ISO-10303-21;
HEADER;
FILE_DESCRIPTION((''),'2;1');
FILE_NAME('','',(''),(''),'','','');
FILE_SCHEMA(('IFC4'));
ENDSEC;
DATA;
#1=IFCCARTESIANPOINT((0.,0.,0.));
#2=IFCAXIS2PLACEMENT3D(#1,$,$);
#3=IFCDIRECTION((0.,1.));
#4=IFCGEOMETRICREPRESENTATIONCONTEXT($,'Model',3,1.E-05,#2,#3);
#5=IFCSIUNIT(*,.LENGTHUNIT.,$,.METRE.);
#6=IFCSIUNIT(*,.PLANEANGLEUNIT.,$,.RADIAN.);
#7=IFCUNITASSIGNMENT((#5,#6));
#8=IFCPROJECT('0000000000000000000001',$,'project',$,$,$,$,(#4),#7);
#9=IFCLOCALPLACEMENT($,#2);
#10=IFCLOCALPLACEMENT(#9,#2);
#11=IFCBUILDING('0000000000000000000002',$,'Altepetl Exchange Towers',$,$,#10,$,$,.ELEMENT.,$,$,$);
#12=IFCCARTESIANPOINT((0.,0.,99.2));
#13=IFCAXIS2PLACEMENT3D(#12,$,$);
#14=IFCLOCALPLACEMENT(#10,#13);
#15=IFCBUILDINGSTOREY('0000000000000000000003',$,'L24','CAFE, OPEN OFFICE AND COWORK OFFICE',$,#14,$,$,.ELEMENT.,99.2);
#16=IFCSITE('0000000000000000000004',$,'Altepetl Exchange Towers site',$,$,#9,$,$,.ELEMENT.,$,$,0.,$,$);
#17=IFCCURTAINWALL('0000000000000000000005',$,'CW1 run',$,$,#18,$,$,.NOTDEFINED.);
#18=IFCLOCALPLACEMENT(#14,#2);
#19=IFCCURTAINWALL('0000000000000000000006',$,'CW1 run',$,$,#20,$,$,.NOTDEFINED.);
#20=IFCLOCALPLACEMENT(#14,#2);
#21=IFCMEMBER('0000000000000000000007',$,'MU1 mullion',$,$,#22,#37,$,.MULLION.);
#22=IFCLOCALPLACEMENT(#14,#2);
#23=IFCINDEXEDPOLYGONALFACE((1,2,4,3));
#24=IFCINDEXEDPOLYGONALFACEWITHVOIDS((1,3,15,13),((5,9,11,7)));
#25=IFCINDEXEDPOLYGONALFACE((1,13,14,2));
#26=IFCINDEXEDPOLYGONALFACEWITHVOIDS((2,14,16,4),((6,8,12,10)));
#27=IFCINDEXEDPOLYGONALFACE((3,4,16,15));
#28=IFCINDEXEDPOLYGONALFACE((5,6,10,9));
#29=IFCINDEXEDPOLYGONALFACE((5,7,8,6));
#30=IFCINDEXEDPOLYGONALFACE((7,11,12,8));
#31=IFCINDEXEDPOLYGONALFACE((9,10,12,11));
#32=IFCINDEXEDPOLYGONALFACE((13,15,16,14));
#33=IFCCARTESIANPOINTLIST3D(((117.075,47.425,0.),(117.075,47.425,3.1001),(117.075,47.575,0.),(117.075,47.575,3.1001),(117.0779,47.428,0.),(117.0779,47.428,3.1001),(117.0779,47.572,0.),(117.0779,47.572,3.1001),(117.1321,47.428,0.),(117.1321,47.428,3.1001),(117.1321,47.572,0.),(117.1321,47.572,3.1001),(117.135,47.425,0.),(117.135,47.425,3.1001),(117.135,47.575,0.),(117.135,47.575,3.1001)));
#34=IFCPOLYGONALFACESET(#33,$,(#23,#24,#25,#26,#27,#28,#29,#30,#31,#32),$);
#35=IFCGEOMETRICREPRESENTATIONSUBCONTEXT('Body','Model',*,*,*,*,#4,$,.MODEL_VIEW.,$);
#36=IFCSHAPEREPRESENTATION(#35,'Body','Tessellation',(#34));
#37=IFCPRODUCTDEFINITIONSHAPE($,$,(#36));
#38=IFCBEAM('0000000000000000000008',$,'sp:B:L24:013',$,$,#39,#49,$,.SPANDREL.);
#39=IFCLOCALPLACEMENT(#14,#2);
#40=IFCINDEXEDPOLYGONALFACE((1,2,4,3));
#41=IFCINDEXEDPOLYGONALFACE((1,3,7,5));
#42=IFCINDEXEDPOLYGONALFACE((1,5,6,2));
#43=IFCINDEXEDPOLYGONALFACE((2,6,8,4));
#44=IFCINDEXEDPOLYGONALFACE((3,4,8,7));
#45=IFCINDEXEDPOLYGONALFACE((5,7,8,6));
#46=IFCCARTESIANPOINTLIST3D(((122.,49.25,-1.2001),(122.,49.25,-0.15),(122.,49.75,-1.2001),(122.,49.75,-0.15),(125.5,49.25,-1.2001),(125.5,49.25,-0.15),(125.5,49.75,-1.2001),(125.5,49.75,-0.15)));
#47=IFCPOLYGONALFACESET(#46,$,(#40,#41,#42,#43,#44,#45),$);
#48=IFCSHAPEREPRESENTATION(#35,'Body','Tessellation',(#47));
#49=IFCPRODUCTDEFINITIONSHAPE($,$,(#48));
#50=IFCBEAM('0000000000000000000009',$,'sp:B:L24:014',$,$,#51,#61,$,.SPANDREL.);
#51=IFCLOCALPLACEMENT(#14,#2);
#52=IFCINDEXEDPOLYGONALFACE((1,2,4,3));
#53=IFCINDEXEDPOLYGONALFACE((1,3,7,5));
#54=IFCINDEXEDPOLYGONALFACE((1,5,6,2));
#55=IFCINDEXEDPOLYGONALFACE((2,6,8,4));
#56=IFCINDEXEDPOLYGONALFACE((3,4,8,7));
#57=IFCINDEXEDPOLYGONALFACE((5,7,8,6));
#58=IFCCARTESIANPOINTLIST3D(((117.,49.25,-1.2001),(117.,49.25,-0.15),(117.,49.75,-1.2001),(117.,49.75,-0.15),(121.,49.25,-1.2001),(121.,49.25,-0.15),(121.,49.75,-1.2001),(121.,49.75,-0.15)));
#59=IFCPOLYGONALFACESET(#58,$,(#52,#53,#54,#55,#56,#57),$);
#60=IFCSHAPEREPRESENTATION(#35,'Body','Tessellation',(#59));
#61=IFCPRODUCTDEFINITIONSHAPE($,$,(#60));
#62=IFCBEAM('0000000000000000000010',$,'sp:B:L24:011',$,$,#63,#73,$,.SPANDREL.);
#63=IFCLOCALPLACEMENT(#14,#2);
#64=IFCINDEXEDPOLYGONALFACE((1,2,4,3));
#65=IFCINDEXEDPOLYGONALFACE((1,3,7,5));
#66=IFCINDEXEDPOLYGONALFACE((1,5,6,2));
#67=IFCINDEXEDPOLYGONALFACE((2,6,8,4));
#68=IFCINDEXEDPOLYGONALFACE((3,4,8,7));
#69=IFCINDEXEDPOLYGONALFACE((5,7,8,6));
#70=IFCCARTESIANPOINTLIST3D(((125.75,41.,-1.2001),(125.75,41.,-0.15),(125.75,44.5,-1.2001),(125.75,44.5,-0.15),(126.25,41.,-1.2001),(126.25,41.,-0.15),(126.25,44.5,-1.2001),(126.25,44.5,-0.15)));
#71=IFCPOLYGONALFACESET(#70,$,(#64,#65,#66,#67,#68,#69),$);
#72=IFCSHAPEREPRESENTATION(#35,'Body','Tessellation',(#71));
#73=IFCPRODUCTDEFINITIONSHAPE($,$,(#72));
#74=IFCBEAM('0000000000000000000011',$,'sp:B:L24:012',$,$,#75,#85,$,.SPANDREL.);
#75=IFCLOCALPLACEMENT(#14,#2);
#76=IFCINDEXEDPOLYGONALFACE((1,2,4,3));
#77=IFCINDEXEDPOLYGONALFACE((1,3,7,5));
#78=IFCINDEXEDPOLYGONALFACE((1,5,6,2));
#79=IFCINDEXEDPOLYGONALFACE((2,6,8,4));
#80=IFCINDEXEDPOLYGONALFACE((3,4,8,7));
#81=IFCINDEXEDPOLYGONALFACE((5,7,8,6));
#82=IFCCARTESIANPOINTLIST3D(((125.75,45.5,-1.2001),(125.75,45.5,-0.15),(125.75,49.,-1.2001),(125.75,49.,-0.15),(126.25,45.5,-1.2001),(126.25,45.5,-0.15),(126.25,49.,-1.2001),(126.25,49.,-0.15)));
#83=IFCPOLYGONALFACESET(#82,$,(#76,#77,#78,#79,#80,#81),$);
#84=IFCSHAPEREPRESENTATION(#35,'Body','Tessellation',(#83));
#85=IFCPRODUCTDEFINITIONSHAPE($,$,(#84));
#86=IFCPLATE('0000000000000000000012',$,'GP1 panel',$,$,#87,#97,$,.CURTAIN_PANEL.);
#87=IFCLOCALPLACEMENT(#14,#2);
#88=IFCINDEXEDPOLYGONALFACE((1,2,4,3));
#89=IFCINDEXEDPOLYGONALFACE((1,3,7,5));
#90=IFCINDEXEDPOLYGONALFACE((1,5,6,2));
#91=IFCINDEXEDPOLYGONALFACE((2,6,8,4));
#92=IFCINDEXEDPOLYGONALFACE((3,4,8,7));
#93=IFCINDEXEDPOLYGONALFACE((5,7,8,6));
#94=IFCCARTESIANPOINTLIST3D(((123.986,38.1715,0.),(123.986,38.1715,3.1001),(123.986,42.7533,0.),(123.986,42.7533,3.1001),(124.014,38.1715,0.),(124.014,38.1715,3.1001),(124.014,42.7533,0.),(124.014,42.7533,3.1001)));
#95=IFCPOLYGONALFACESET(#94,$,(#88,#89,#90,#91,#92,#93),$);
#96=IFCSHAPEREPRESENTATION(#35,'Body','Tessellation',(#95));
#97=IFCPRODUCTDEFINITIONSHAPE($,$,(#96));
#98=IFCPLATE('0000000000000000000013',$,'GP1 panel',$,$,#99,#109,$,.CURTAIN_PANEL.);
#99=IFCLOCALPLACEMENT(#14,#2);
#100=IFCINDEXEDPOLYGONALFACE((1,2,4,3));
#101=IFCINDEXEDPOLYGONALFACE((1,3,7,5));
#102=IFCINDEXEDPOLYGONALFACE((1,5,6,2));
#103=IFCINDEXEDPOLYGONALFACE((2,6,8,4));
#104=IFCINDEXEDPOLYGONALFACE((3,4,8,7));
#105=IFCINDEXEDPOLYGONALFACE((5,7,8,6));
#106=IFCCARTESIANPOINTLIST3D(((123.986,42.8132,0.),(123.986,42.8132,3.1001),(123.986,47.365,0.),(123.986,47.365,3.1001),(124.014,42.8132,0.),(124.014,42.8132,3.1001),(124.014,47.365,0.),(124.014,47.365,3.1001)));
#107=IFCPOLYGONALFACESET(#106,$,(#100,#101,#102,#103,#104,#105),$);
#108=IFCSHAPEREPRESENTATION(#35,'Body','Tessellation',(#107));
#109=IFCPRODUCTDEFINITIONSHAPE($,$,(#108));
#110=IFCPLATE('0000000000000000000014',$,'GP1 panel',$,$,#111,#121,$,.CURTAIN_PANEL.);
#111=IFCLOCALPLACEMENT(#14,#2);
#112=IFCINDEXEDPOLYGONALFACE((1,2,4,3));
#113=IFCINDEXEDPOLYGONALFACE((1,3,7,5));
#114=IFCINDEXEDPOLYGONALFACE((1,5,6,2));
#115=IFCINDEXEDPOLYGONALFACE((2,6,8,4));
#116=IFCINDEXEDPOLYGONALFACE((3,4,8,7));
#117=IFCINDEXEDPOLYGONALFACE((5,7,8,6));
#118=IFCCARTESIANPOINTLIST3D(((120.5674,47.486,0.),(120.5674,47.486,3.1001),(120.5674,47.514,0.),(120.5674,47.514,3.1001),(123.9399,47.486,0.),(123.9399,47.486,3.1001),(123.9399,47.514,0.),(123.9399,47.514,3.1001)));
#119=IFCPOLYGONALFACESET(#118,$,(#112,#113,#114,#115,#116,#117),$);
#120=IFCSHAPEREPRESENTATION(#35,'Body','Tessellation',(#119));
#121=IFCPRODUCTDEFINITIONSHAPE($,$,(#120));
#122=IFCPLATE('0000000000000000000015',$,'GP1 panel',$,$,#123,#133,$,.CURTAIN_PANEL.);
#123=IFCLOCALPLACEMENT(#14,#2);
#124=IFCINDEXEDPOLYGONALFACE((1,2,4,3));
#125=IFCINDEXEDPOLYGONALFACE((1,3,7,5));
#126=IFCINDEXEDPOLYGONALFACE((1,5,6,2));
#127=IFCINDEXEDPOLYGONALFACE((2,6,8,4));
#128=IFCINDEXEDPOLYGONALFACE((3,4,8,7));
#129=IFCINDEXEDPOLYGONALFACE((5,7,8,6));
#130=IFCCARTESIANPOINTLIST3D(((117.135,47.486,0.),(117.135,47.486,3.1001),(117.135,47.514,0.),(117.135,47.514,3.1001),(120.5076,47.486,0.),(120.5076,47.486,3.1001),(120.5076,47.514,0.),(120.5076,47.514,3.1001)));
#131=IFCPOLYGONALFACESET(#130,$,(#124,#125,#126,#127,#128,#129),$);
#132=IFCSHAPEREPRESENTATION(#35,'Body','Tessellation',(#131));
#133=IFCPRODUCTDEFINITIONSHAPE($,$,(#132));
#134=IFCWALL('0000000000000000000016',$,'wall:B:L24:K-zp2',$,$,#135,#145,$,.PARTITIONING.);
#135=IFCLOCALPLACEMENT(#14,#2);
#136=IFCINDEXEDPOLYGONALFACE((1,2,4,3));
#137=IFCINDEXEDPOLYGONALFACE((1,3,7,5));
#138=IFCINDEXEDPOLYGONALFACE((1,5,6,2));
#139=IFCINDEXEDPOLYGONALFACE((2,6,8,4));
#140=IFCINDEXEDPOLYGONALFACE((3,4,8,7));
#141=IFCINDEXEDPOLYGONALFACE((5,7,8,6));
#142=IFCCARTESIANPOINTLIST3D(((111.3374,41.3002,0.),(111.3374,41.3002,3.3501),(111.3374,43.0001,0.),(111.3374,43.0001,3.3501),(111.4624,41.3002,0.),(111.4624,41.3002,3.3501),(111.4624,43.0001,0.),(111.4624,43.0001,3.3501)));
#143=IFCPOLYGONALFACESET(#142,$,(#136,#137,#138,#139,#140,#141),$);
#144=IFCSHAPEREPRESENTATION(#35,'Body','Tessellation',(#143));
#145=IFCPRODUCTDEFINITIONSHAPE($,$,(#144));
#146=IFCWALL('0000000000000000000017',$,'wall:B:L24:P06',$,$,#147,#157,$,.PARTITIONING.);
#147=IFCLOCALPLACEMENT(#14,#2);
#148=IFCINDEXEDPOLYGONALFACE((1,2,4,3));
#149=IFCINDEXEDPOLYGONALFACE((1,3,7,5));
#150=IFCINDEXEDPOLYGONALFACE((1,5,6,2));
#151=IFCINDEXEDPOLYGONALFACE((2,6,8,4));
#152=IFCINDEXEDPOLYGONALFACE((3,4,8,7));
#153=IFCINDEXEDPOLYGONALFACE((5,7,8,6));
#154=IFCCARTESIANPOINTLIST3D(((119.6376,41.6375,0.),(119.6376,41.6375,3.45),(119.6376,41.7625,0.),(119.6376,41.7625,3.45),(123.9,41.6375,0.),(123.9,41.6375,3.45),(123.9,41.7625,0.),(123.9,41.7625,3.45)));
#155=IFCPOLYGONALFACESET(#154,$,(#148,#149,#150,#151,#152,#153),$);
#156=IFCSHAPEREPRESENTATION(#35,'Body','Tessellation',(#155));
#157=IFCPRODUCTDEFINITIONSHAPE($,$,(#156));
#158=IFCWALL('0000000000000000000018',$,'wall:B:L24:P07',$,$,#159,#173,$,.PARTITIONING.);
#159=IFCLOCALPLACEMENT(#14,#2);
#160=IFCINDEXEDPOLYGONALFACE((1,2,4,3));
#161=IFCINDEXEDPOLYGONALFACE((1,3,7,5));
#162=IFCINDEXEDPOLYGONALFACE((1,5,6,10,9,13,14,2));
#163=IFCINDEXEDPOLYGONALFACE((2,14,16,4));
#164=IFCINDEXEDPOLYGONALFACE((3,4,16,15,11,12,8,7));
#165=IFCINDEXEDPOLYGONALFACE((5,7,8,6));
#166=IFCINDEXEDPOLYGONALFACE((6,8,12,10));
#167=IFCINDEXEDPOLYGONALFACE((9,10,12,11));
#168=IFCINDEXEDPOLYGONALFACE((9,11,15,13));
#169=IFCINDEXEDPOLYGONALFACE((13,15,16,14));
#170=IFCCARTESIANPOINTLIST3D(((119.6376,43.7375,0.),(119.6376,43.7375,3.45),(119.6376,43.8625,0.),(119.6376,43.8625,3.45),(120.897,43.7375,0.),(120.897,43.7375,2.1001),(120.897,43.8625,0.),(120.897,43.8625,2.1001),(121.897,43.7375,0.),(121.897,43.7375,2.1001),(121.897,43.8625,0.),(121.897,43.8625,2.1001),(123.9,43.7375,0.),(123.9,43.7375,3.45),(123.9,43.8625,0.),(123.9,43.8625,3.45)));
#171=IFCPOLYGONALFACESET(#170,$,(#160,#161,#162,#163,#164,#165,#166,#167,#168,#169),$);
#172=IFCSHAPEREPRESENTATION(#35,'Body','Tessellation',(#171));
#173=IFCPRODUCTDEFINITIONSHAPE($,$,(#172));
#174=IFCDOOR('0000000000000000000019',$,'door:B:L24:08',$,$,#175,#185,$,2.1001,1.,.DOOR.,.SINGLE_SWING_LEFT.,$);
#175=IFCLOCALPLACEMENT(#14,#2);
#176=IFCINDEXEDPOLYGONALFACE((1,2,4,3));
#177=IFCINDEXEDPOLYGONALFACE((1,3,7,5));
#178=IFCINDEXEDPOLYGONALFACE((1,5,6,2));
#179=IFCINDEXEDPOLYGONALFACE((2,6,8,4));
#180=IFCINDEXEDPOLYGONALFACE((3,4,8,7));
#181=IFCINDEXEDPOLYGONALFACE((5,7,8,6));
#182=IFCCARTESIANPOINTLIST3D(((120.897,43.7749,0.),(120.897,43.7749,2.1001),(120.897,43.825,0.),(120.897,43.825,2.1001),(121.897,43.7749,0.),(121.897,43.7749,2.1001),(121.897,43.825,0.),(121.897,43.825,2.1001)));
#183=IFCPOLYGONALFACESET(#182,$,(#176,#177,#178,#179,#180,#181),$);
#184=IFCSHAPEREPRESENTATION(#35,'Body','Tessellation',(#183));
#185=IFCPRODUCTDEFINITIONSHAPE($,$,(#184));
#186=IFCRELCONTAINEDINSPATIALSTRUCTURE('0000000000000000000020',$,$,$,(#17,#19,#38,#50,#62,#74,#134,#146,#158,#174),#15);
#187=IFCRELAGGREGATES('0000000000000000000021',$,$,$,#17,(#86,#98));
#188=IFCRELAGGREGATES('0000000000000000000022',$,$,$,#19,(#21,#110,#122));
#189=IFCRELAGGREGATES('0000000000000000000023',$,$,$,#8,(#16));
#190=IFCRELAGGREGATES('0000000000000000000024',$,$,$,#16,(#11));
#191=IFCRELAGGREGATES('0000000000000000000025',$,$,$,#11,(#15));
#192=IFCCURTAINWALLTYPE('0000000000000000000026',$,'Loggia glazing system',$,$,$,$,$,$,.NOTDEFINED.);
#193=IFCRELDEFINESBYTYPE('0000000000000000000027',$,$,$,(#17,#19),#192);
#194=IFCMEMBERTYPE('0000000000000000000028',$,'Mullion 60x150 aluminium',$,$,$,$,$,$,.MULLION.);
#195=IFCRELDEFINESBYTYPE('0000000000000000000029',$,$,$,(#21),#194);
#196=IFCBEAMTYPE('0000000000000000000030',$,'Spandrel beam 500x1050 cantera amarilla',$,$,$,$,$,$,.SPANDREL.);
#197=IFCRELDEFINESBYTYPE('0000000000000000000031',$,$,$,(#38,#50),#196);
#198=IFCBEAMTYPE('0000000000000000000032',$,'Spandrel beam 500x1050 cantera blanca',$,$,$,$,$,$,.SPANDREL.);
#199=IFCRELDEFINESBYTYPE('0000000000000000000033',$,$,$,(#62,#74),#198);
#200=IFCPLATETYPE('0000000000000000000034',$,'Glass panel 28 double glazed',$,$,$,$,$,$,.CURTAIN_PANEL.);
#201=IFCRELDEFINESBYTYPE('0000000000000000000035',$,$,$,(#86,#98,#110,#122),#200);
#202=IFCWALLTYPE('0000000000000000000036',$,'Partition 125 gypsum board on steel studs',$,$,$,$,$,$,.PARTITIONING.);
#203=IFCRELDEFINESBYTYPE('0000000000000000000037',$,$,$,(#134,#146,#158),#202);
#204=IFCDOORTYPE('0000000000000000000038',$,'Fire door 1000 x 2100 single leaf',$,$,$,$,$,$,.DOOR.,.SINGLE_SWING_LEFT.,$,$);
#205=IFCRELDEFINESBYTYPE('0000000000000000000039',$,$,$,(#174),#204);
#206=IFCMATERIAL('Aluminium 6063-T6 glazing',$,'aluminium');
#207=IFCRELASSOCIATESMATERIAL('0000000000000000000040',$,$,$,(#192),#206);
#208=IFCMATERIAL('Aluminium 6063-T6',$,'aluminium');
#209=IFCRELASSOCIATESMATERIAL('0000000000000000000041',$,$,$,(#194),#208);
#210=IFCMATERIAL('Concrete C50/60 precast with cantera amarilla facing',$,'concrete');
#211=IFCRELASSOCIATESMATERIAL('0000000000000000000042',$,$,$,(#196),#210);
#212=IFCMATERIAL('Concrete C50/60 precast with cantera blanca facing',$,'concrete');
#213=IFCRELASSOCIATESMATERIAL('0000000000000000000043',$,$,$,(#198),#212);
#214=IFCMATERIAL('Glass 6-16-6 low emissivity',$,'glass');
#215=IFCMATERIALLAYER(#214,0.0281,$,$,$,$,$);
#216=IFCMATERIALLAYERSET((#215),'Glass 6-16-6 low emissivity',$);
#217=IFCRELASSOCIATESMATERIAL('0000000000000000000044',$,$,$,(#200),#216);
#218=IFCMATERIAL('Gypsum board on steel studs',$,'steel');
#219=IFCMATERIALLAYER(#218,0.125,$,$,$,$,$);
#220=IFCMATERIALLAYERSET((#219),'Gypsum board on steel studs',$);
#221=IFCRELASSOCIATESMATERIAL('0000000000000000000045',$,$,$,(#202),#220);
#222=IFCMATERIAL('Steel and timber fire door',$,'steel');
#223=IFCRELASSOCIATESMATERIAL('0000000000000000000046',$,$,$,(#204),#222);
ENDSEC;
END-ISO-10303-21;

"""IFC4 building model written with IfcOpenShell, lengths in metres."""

from ifc_helpers import new_model, si_unit, direction, frame, frame_2d, origin, origin_2d, place, context, subcontext, project, spatial, rectangle, hollow_rectangle, extrude, material, layer, layer_set, material_profile, profile_set, type_object, element, fill, aggregate, save


model = new_model("IFC4")

# Units and contexts
model_context = context("Model", 3, precision=1e-05, world=origin(), true_north=direction((0.0, 1.0)))
body_context = subcontext(model_context, "Body", "Model", "MODEL_VIEW")
ifc_project = project(units=[si_unit("LENGTHUNIT", "METRE"), si_unit("PLANEANGLEUNIT", "RADIAN")], contexts=[model_context])

# Site, building, storey
site_placement = place(None, origin())
site = spatial("IfcSite", under=ifc_project, at=site_placement, Name="Altepetl Exchange Towers site", CompositionType="ELEMENT", RefElevation=0.0)
building_placement = place(site_placement, origin())
building = spatial("IfcBuilding", under=site, at=building_placement, Name="Altepetl Exchange Towers", CompositionType="ELEMENT")
storey_placement = place(building_placement, frame((0.0, 0.0, 99.2)))
storey = spatial("IfcBuildingStorey", under=building, at=storey_placement, Name="L24", Description="CAFE, OPEN OFFICE AND COWORK OFFICE", CompositionType="ELEMENT", Elevation=99.2)

# Curtain walls, member
ifc_material_1 = material(Name="Aluminium 6063-T6 glazing", Category="aluminium")
curtain_wall_type = type_object("IfcCurtainWallType", Name="Loggia glazing system", PredefinedType="NOTDEFINED", material=ifc_material_1)
curtain_wall_1_placement = place(storey_placement, origin())
curtain_wall_1 = element("IfcCurtainWall", 1, at=curtain_wall_1_placement, inside=storey, type_object=curtain_wall_type, Name="CW1 run", PredefinedType="NOTDEFINED")
ifc_material_2 = material(Name="Aluminium 6063-T6", Category="aluminium")
ifc_material_profile_1 = material_profile(ifc_material_2, hollow_rectangle(XDim=0.0601, YDim=0.1499, WallThickness=0.0029, at=origin_2d()), Name="Mullion 60x150 aluminium")
ifc_profile_set_1 = profile_set([ifc_material_profile_1], Name="Aluminium 6063-T6")
member_type = type_object("IfcMemberType", Name="Mullion 60x150 aluminium", PredefinedType="MULLION", material=ifc_profile_set_1)
curtain_wall_2_placement = place(storey_placement, origin())
curtain_wall_2 = element("IfcCurtainWall", 2, at=curtain_wall_2_placement, inside=storey, type_object=curtain_wall_type, Name="CW1 run", PredefinedType="NOTDEFINED")
member_1_placement = place(storey_placement, frame((117.105, 47.5, 0.0), z_axis=(0.0, 0.0, 1.0), x_axis=(-1.0, 0.0, 0.0)))
member_1 = element("IfcMember", 3, at=member_1_placement, type_object=member_type, Name="MU1 mullion", PredefinedType="MULLION", context=body_context, shape_type="SweptSolid", body=[
    extrude(hollow_rectangle(XDim=0.0601, YDim=0.1499, WallThickness=0.0029, at=origin_2d()), origin(), (0.0, 0.0, 1.0), 3.1001),
])

# Beams
ifc_material_3 = material(Name="Concrete C50/60 precast with cantera amarilla facing", Category="concrete")
ifc_material_profile_2 = material_profile(ifc_material_3, rectangle(XDim=0.5, YDim=1.05, at=origin_2d()), Name="500 x 1050")
ifc_profile_set_2 = profile_set([ifc_material_profile_2], Name="Concrete C50/60 precast with cantera amarilla facing")
beam_type_1 = type_object("IfcBeamType", Name="Spandrel beam 500x1050 cantera amarilla", PredefinedType="SPANDREL", material=ifc_profile_set_2)
beam_1_placement = place(storey_placement, frame((125.5, 49.5, -0.675), z_axis=(-1.0, 0.0, 0.0), x_axis=(0.0, -1.0, 0.0)))
element("IfcBeam", 4, at=beam_1_placement, inside=storey, type_object=beam_type_1, Name="sp:B:L24:013", PredefinedType="SPANDREL", context=body_context, shape_type="SweptSolid", body=[
    extrude(rectangle(XDim=0.5, YDim=1.05, at=origin_2d()), origin(), (0.0, 0.0, 1.0), 3.5),
])
beam_2_placement = place(storey_placement, frame((121.0, 49.5, -0.675), z_axis=(-1.0, 0.0, 0.0), x_axis=(0.0, -1.0, 0.0)))
element("IfcBeam", 5, at=beam_2_placement, inside=storey, type_object=beam_type_1, Name="sp:B:L24:014", PredefinedType="SPANDREL", context=body_context, shape_type="SweptSolid", body=[
    extrude(rectangle(XDim=0.5, YDim=1.05, at=origin_2d()), origin(), (0.0, 0.0, 1.0), 4.0),
])
ifc_material_4 = material(Name="Concrete C50/60 precast with cantera blanca facing", Category="concrete")
ifc_material_profile_3 = material_profile(ifc_material_4, rectangle(XDim=0.5, YDim=1.05, at=origin_2d()), Name="500 x 1050")
ifc_profile_set_3 = profile_set([ifc_material_profile_3], Name="Concrete C50/60 precast with cantera blanca facing")
beam_type_2 = type_object("IfcBeamType", Name="Spandrel beam 500x1050 cantera blanca", PredefinedType="SPANDREL", material=ifc_profile_set_3)
for number, where, z_axis, x_axis, name in (
    (6, (126.0, 41.0, -0.675), (0.0, 1.0, 0.0), (-1.0, 0.0, 0.0), "sp:B:L24:011"),
    (7, (126.0, 45.5, -0.675), (0.0, 1.0, 0.0), (-1.0, 0.0, 0.0), "sp:B:L24:012"),
):
    element("IfcBeam", number, at=place(storey_placement, frame(where, z_axis=z_axis, x_axis=x_axis)), inside=storey, type_object=beam_type_2, Name=name, PredefinedType="SPANDREL", context=body_context, shape_type="SweptSolid", body=[
        extrude(rectangle(XDim=0.5, YDim=1.05, at=origin_2d()), origin(), (0.0, 0.0, 1.0), 3.5),
    ])

# Plates
ifc_material_5 = material(Name="Glass 6-16-6 low emissivity", Category="glass")
ifc_layer_1 = layer(ifc_material_5, 0.0281)
ifc_layer_set_1 = layer_set([ifc_layer_1], Name="Glass 6-16-6 low emissivity")
plate_type = type_object("IfcPlateType", Name="Glass panel 28 double glazed", PredefinedType="CURTAIN_PANEL", material=ifc_layer_set_1)
plate_1_placement = place(storey_placement, frame((124.0, 40.4624, 0.0), z_axis=(0.0, 0.0, 1.0), x_axis=(0.0, 1.0, 0.0)))
plate_1 = element("IfcPlate", 8, at=plate_1_placement, type_object=plate_type, Name="GP1 panel", PredefinedType="CURTAIN_PANEL", context=body_context, shape_type="SweptSolid", body=[
    extrude(rectangle(XDim=4.5818, YDim=0.0281, at=origin_2d()), origin(), (0.0, 0.0, 1.0), 3.1001),
])
plate_2_placement = place(storey_placement, frame((124.0, 45.0891, 0.0), z_axis=(0.0, 0.0, 1.0), x_axis=(0.0, 1.0, 0.0)))
plate_2 = element("IfcPlate", 9, at=plate_2_placement, type_object=plate_type, Name="GP1 panel", PredefinedType="CURTAIN_PANEL", context=body_context, shape_type="SweptSolid", body=[
    extrude(rectangle(XDim=4.5518, YDim=0.0281, at=origin_2d()), origin(), (0.0, 0.0, 1.0), 3.1001),
])
aggregate(curtain_wall_1, [plate_1, plate_2])
plate_3_placement = place(storey_placement, frame((122.2537, 47.5, 0.0), z_axis=(0.0, 0.0, 1.0), x_axis=(-1.0, 0.0, 0.0)))
plate_3 = element("IfcPlate", 10, at=plate_3_placement, type_object=plate_type, Name="GP1 panel", PredefinedType="CURTAIN_PANEL", context=body_context, shape_type="SweptSolid", body=[
    extrude(rectangle(XDim=3.3726, YDim=0.0281, at=origin_2d()), origin(), (0.0, 0.0, 1.0), 3.1001),
])
plate_4_placement = place(storey_placement, frame((118.8213, 47.5, 0.0), z_axis=(0.0, 0.0, 1.0), x_axis=(-1.0, 0.0, 0.0)))
plate_4 = element("IfcPlate", 11, at=plate_4_placement, type_object=plate_type, Name="GP1 panel", PredefinedType="CURTAIN_PANEL", context=body_context, shape_type="SweptSolid", body=[
    extrude(rectangle(XDim=3.3726, YDim=0.0281, at=origin_2d()), origin(), (0.0, 0.0, 1.0), 3.1001),
])
aggregate(curtain_wall_2, [member_1, plate_3, plate_4])

# Walls
ifc_material_6 = material(Name="Gypsum board on steel studs", Category="steel")
ifc_layer_2 = layer(ifc_material_6, 0.125)
ifc_layer_set_2 = layer_set([ifc_layer_2], Name="Gypsum board on steel studs")
wall_type_1 = type_object("IfcWallType", Name="Partition 125 gypsum board on steel studs", PredefinedType="PARTITIONING", material=ifc_layer_set_2)
wall_1_placement = place(storey_placement, frame((111.3999, 41.3, 0.0), z_axis=(0.0, 0.0, 1.0), x_axis=(0.0, 1.0, 0.0)))
element("IfcWall", 12, at=wall_1_placement, inside=storey, type_object=wall_type_1, Name="wall:B:L24:K-zp2", PredefinedType="PARTITIONING", context=body_context, shape_type="SweptSolid", body=[
    extrude(rectangle(XDim=1.7, YDim=0.125, at=frame_2d((0.8501, 0.0))), origin(), (0.0, 0.0, 1.0), 3.3501),
])
wall_2_placement = place(storey_placement, frame((119.6375, 41.7, 0.0)))
element("IfcWall", 13, at=wall_2_placement, inside=storey, type_object=wall_type_1, Name="wall:B:L24:P06", PredefinedType="PARTITIONING", context=body_context, shape_type="SweptSolid", body=[
    extrude(rectangle(XDim=4.2625, YDim=0.125, at=frame_2d((2.1313, 0.0))), origin(), (0.0, 0.0, 1.0), 3.45),
])

# Wall, opening, door
wall_3_placement = place(storey_placement, frame((119.6375, 43.8, 0.0)))
wall_3 = element("IfcWall", 14, at=wall_3_placement, inside=storey, type_object=wall_type_1, Name="wall:B:L24:P07", PredefinedType="PARTITIONING", context=body_context, shape_type="SweptSolid", body=[
    extrude(rectangle(XDim=4.2625, YDim=0.125, at=frame_2d((2.1313, 0.0))), origin(), (0.0, 0.0, 1.0), 3.45),
])
opening_1_placement = place(wall_3_placement, frame((1.2595, 0.0, 0.0)))
opening_1 = element("IfcOpeningElement", 15, at=opening_1_placement, cuts=wall_3, PredefinedType="OPENING", context=body_context, shape_type="SweptSolid", body=[
    extrude(rectangle(XDim=1.0, YDim=2.1001, at=frame_2d((0.5, 1.05))), frame((0.0, 0.0725, 0.0), z_axis=(0.0, -1.0, 0.0), x_axis=(1.0, 0.0, 0.0)), (0.0, 0.0, 1.0), 0.145),
])
ifc_material_7 = material(Name="Steel and timber fire door", Category="steel")
door_type_1 = type_object("IfcDoorType", Name="Fire door 1000 x 2100 single leaf", OperationType="SINGLE_SWING_LEFT", PredefinedType="DOOR", material=ifc_material_7)
door_1_placement = place(opening_1_placement, origin())
door_1 = element("IfcDoor", 16, at=door_1_placement, inside=storey, type_object=door_type_1, Name="door:B:L24:08", OperationType="SINGLE_SWING_LEFT", OverallHeight=2.1001, OverallWidth=1.0, PredefinedType="DOOR", context=body_context, shape_type="SweptSolid", body=[
    extrude(rectangle(XDim=1.0, YDim=2.1001, at=frame_2d((0.5, 1.05))), frame((0.0, 0.0249, 0.0), z_axis=(0.0, -1.0, 0.0), x_axis=(1.0, 0.0, 0.0)), (0.0, 0.0, 1.0), 0.05),
])
fill(opening_1, door_1)

save(model, "model.ifc")
